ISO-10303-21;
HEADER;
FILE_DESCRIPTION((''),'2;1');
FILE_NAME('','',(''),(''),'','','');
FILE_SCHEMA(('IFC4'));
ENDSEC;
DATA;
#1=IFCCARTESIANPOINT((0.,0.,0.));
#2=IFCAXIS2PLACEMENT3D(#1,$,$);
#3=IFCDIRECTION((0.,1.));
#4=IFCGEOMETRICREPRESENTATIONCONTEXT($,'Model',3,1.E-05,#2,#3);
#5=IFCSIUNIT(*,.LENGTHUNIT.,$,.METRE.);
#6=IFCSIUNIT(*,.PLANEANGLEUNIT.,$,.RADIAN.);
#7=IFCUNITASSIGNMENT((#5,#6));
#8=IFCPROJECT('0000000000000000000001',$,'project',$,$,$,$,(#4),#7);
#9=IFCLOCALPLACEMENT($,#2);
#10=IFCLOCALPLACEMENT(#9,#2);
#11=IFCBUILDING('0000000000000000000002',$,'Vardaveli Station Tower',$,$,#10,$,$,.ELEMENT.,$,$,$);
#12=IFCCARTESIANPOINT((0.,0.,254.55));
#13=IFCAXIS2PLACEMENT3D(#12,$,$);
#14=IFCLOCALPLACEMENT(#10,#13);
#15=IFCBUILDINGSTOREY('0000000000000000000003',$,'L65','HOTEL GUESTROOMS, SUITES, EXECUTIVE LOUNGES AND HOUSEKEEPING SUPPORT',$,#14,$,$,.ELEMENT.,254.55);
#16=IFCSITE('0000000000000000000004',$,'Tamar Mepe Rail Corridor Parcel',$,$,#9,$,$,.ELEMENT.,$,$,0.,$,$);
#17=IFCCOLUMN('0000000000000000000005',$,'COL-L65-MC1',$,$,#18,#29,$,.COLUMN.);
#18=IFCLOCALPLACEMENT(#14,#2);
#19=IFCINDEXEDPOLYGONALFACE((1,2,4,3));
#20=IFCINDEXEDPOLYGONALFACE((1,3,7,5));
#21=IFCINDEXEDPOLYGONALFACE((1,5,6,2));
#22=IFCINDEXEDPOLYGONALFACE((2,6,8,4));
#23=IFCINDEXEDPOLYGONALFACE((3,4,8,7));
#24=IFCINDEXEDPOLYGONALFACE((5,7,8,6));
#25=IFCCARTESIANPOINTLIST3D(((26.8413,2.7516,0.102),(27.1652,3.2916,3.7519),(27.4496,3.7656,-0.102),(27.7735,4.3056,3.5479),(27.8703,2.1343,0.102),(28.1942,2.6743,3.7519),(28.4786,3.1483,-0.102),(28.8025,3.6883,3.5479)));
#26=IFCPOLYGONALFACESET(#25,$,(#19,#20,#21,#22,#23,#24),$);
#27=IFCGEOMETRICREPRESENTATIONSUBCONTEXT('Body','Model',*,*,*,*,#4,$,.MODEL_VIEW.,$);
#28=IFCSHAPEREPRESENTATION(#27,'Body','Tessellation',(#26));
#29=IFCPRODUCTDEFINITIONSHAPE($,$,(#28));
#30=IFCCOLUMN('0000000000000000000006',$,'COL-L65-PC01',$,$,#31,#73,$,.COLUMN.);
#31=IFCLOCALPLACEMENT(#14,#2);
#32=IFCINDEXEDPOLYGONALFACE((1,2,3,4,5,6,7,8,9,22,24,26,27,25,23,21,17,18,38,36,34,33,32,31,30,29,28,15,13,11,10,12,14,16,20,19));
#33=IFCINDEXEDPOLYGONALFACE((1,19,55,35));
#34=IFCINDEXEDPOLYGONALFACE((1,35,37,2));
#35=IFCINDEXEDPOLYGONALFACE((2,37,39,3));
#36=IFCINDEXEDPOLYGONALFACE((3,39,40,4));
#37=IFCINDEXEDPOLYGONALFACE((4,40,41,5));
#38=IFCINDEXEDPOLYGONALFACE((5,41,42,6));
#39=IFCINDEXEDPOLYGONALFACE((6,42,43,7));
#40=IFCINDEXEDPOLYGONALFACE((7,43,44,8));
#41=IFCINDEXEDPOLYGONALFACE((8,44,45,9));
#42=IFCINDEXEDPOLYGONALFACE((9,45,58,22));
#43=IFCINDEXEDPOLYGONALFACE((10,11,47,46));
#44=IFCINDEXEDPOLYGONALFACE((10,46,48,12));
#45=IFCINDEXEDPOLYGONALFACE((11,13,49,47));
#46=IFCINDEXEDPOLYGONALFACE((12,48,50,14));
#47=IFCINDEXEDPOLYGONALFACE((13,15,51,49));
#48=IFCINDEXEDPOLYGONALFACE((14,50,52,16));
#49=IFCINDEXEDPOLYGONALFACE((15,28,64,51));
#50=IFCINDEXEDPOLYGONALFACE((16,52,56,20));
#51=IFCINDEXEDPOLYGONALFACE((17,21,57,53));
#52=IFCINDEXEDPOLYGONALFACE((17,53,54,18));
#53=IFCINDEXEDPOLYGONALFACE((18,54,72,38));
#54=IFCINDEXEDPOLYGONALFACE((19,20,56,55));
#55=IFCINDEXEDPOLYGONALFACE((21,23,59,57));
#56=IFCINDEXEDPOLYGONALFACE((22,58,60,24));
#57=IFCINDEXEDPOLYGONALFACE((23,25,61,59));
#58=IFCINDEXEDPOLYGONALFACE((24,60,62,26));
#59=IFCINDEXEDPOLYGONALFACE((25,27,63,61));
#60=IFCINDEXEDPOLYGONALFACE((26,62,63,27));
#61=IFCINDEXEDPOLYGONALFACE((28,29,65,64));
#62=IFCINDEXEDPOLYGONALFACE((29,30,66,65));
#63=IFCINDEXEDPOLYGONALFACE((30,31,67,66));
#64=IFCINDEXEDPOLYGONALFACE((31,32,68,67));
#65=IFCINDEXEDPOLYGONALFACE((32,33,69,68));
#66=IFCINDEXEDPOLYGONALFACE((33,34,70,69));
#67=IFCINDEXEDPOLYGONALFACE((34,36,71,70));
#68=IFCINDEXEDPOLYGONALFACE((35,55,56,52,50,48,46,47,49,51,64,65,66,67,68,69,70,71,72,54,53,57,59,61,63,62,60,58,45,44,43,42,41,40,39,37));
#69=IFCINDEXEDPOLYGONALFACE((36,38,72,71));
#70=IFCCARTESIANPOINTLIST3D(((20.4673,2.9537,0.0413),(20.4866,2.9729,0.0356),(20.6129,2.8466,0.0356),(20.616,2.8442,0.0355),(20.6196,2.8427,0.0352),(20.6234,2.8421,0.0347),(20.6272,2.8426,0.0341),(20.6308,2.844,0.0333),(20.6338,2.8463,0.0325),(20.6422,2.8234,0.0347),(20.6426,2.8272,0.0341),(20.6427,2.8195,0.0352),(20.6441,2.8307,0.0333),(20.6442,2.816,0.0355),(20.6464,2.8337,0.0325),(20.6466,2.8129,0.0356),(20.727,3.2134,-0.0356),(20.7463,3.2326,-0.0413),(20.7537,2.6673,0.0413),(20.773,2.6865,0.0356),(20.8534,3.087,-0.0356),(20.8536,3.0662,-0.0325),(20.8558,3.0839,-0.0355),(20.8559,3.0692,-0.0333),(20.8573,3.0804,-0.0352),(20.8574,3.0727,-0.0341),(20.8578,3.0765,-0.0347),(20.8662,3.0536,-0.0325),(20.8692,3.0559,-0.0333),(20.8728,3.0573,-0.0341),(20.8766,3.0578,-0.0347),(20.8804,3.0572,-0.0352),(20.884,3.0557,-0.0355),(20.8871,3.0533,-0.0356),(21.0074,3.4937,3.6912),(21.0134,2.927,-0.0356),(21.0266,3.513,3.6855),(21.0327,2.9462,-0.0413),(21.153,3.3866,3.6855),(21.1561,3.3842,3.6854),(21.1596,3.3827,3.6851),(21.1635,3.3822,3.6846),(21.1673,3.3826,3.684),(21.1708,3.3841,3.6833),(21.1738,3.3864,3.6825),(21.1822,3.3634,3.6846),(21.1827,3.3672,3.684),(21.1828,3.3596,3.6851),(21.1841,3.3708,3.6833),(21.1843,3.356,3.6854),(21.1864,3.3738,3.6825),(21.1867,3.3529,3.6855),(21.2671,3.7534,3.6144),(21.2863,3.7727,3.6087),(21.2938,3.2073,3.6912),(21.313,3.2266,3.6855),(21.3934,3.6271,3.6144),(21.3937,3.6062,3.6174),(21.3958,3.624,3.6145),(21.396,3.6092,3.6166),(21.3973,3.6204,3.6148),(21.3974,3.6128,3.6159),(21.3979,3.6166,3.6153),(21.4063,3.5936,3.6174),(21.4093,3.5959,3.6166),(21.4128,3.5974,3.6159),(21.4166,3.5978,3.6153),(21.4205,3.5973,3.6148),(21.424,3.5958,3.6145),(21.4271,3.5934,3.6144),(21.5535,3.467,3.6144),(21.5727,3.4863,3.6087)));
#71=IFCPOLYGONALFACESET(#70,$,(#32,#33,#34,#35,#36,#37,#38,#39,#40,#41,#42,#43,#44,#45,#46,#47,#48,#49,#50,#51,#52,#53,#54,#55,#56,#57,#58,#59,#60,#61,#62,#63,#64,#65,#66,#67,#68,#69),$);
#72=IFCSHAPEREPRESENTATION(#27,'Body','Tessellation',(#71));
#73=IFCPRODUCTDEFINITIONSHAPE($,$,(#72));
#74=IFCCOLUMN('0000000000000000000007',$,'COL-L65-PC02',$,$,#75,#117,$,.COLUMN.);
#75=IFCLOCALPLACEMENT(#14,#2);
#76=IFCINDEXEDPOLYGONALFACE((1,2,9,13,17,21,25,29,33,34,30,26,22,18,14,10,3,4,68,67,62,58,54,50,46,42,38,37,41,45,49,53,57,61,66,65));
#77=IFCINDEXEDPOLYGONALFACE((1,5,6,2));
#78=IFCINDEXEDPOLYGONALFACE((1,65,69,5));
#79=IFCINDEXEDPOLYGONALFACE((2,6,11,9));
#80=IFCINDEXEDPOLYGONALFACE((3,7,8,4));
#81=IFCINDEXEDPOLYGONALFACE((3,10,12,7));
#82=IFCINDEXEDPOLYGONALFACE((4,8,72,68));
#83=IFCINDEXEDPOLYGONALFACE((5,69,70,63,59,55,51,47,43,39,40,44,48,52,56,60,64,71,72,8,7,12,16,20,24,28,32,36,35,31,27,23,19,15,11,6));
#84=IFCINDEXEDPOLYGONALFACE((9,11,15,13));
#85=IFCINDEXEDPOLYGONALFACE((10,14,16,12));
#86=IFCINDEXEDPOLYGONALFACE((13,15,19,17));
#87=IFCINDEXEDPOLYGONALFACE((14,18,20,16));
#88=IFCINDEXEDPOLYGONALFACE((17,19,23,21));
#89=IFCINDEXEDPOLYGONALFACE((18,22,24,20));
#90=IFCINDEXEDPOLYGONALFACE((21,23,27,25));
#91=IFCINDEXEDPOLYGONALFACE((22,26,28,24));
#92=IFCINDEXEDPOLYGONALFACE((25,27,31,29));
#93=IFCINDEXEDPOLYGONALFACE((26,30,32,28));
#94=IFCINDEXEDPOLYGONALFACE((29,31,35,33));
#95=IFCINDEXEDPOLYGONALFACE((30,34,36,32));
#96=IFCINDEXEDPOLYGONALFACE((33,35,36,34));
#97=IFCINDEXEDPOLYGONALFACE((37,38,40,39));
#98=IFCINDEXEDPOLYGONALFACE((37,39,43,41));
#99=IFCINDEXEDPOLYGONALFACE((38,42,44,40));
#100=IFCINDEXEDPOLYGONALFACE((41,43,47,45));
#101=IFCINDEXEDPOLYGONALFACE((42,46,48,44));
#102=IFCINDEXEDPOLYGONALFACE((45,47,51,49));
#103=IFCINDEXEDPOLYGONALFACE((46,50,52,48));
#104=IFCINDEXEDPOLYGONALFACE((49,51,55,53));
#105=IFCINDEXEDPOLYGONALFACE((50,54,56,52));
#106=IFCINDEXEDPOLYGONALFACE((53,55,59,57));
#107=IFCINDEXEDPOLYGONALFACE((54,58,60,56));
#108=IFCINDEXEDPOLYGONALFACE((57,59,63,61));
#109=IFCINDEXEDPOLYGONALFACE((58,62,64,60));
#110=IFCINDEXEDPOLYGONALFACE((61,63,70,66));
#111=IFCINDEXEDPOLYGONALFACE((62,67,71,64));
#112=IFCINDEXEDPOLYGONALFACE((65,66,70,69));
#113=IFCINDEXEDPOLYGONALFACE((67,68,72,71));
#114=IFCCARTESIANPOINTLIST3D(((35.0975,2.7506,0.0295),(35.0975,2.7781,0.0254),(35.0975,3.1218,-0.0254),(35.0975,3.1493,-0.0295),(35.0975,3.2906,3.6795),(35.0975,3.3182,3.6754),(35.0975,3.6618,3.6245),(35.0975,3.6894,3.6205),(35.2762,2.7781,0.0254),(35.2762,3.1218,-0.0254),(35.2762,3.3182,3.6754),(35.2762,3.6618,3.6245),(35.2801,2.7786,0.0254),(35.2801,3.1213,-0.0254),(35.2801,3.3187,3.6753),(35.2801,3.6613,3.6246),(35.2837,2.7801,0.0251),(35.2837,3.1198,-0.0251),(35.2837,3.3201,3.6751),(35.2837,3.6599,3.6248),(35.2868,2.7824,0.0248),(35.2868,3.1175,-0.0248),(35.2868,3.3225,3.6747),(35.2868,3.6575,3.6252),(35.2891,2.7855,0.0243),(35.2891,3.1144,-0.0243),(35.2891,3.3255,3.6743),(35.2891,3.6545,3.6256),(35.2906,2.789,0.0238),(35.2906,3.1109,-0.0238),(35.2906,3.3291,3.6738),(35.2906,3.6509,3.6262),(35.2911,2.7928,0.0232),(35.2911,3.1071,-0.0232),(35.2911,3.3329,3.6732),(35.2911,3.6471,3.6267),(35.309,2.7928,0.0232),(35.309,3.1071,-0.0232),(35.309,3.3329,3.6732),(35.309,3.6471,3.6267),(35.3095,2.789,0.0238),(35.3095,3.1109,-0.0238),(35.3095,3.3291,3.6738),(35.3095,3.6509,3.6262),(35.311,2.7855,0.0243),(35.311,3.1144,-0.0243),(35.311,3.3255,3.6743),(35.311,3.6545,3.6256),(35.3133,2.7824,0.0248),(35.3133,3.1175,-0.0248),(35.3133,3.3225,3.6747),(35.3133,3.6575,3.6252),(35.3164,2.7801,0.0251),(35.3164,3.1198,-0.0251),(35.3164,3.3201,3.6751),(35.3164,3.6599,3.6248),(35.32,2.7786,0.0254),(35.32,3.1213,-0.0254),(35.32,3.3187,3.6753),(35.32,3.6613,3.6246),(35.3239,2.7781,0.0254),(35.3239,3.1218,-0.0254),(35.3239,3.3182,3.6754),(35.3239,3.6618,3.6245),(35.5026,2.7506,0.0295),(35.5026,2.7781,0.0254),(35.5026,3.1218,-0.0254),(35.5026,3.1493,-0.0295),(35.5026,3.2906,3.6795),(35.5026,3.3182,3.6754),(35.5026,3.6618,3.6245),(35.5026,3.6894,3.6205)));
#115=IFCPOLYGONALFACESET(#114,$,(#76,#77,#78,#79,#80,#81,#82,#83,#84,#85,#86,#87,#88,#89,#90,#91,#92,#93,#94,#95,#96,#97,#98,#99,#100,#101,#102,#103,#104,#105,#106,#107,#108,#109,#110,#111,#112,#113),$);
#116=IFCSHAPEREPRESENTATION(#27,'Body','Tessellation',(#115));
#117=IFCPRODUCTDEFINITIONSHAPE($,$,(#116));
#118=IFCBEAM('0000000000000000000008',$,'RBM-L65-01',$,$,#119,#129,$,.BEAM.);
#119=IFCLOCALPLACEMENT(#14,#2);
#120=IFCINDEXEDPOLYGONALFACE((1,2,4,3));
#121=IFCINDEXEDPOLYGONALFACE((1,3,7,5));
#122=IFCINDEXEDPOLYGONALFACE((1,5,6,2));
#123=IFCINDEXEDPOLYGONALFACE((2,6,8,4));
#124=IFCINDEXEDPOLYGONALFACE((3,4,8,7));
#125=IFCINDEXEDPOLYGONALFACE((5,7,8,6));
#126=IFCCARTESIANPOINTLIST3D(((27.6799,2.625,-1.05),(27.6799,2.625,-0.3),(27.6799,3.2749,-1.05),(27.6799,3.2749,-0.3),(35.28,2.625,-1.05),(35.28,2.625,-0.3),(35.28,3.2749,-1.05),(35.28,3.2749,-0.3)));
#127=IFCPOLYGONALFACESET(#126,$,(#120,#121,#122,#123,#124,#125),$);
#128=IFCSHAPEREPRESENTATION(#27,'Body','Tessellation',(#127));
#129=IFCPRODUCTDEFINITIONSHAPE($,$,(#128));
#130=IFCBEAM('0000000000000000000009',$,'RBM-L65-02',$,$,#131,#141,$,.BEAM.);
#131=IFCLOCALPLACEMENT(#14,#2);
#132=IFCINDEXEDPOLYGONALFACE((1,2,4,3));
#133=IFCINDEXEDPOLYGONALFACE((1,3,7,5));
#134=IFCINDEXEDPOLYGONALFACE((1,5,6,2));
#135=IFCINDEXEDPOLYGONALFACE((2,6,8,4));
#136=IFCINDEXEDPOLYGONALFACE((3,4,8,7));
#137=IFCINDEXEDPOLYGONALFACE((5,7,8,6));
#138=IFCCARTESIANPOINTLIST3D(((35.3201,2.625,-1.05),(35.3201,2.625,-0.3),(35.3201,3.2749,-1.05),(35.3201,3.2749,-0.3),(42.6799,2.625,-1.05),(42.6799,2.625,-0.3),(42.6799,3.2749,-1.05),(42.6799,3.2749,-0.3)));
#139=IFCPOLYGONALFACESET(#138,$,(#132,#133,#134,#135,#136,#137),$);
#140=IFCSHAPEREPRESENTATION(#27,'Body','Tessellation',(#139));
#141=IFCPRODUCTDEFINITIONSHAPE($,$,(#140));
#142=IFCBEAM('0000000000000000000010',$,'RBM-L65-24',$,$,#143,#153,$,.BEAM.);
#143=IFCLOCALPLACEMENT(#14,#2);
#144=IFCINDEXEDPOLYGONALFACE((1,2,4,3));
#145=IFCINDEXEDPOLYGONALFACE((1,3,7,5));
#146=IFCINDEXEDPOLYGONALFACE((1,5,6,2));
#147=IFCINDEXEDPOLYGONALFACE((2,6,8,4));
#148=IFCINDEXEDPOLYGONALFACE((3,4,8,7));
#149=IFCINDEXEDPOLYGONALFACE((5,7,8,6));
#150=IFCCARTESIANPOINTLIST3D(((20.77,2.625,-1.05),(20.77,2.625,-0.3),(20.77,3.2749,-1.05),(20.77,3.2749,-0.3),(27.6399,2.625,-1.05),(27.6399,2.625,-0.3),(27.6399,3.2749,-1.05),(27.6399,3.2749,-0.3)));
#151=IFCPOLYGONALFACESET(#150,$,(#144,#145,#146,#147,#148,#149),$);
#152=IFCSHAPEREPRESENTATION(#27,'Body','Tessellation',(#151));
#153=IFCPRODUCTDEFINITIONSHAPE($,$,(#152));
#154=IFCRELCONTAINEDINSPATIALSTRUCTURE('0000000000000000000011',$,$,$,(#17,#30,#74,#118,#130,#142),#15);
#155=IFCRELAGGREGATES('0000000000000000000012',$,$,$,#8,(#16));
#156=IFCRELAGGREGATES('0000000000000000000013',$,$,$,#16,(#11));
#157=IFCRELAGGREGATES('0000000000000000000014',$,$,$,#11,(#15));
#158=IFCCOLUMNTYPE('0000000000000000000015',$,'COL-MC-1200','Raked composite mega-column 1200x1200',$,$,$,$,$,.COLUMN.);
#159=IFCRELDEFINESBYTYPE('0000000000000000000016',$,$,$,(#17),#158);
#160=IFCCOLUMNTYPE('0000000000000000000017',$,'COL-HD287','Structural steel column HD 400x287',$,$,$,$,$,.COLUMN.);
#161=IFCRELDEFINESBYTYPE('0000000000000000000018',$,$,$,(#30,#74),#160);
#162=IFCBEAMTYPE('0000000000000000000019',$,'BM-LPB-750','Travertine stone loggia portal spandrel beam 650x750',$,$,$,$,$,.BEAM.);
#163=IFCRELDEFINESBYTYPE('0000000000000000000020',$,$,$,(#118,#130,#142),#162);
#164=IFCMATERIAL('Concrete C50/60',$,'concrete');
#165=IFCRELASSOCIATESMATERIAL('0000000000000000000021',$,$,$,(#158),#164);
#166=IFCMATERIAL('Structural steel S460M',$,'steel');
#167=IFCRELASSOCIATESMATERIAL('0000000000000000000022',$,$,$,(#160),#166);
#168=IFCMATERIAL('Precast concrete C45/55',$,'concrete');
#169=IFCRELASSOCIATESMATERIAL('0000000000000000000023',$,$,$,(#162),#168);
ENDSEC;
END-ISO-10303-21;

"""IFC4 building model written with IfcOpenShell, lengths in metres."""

from ifc_helpers import new_model, si_unit, direction, frame, origin, origin_2d, place, context, subcontext, project, spatial, rectangle, i_section, extrude, source, transform, mapped, material, material_profile, profile_set, type_object, element, save


model = new_model("IFC4")

# Units and contexts
model_context = context("Model", 3, precision=1e-05, world=origin(), true_north=direction((0.0, 1.0)))
body_context = subcontext(model_context, "Body", "Model", "MODEL_VIEW")
ifc_project = project(units=[si_unit("LENGTHUNIT", "METRE"), si_unit("PLANEANGLEUNIT", "RADIAN")], contexts=[model_context])

# Site, building, storey
site_placement = place(None, origin())
site = spatial("IfcSite", under=ifc_project, at=site_placement, Name="Tamar Mepe Rail Corridor Parcel", CompositionType="ELEMENT", RefElevation=0.0)
building_placement = place(site_placement, origin())
building = spatial("IfcBuilding", under=site, at=building_placement, Name="Vardaveli Station Tower", CompositionType="ELEMENT")
storey_placement = place(building_placement, frame((0.0, 0.0, 254.55)))
storey = spatial("IfcBuildingStorey", under=building, at=storey_placement, Name="L65", Description="HOTEL GUESTROOMS, SUITES, EXECUTIVE LOUNGES AND HOUSEKEEPING SUPPORT", CompositionType="ELEMENT", Elevation=254.55)

# Columns
ifc_material_1 = material(Name="Concrete C50/60", Category="concrete")
ifc_material_profile_1 = material_profile(ifc_material_1, rectangle(XDim=1.2, YDim=1.2, at=origin_2d()), Name="MC 1200x1200")
ifc_profile_set_1 = profile_set([ifc_material_profile_1], Name="Concrete C50/60")
column_type_1 = type_object("IfcColumnType", Name="COL-MC-1200", Description="Raked composite mega-column 1200x1200", PredefinedType="COLUMN", material=ifc_profile_set_1)
shared_shape_1 = source(origin(), body_context, "Body", "SweptSolid", [
    extrude(rectangle(XDim=1.2, YDim=1.2, at=origin_2d()), origin(), (0.0, 0.0, 1.0), 3.7039),
])
column_1_placement = place(storey_placement, frame((27.6599, 2.95, 0.0), z_axis=(0.08747, 0.145805, 0.985439), x_axis=(-0.857527, 0.514439, 0.0)))
element("IfcColumn", 1, at=column_1_placement, inside=storey, type_object=column_type_1, Name="COL-L65-MC1", PredefinedType="COLUMN", context=body_context, shape_type="MappedRepresentation", body=[
    mapped(shared_shape_1, transform((0.0, 0.0, 0.0), scale=1.0)),
])
ifc_material_2 = material(Name="Structural steel S460M", Category="steel")
ifc_material_profile_2 = material_profile(ifc_material_2, i_section(OverallWidth=0.405, OverallDepth=0.4031, WebThickness=0.0178, FlangeThickness=0.0278, FilletRadius=0.0149, at=origin_2d()), Name="HD 400x287")
ifc_profile_set_2 = profile_set([ifc_material_profile_2], Name="Structural steel S460M")
column_type_2 = type_object("IfcColumnType", Name="COL-HD287", Description="Structural steel column HD 400x287", PredefinedType="COLUMN", material=ifc_profile_set_2)
shared_shape_2 = source(origin(), body_context, "Body", "SweptSolid", [
    extrude(i_section(OverallWidth=0.405, OverallDepth=0.4031, WebThickness=0.0178, FlangeThickness=0.0278, FilletRadius=0.0149, at=origin_2d()), origin(), (0.0, 0.0, 1.0), 3.729),
])
column_2_placement = place(storey_placement, frame((20.75, 2.95, 0.0), z_axis=(0.144823, 0.144823, 0.978802), x_axis=(-0.707107, 0.707107, 0.0)))
element("IfcColumn", 2, at=column_2_placement, inside=storey, type_object=column_type_2, Name="COL-L65-PC01", PredefinedType="COLUMN", context=body_context, shape_type="MappedRepresentation", body=[
    mapped(shared_shape_2, transform((0.0, 0.0, 0.0), scale=1.0)),
])
shared_shape_3 = source(origin(), body_context, "Body", "SweptSolid", [
    extrude(i_section(OverallWidth=0.405, OverallDepth=0.4031, WebThickness=0.0178, FlangeThickness=0.0278, FilletRadius=0.0149, at=origin_2d()), origin(), (0.0, 0.0, 1.0), 3.6897),
])
column_3_placement = place(storey_placement, frame((35.3, 2.95, 0.0), z_axis=(0.0, 0.146366, 0.98923), x_axis=(-1.0, 0.0, 0.0)))
element("IfcColumn", 3, at=column_3_placement, inside=storey, type_object=column_type_2, Name="COL-L65-PC02", PredefinedType="COLUMN", context=body_context, shape_type="MappedRepresentation", body=[
    mapped(shared_shape_3, transform((0.0, 0.0, 0.0), scale=1.0)),
])

# Beams
ifc_material_3 = material(Name="Precast concrete C45/55", Category="concrete")
ifc_material_profile_3 = material_profile(ifc_material_3, rectangle(XDim=0.6499, YDim=0.75, at=origin_2d()), Name="LPB 650x750")
ifc_profile_set_3 = profile_set([ifc_material_profile_3], Name="Precast concrete C45/55")
beam_type_1 = type_object("IfcBeamType", Name="BM-LPB-750", Description="Travertine stone loggia portal spandrel beam 650x750", PredefinedType="BEAM", material=ifc_profile_set_3)
shared_shape_4 = source(origin(), body_context, "Body", "SweptSolid", [
    extrude(rectangle(XDim=0.6499, YDim=0.75, at=origin_2d()), origin(), (0.0, 0.0, 1.0), 7.6001),
])
beam_1_placement = place(storey_placement, frame((27.6799, 2.95, -0.675), z_axis=(1.0, 0.0, 0.0), x_axis=(0.0, 1.0, 0.0)))
element("IfcBeam", 4, at=beam_1_placement, inside=storey, type_object=beam_type_1, Name="RBM-L65-01", PredefinedType="BEAM", context=body_context, shape_type="MappedRepresentation", body=[
    mapped(shared_shape_4, transform((0.0, 0.0, 0.0), scale=1.0)),
])
shared_shape_5 = source(origin(), body_context, "Body", "SweptSolid", [
    extrude(rectangle(XDim=0.6499, YDim=0.75, at=origin_2d()), origin(), (0.0, 0.0, 1.0), 7.3599),
])
beam_2_placement = place(storey_placement, frame((35.3201, 2.95, -0.675), z_axis=(1.0, 0.0, 0.0), x_axis=(0.0, 1.0, 0.0)))
element("IfcBeam", 5, at=beam_2_placement, inside=storey, type_object=beam_type_1, Name="RBM-L65-02", PredefinedType="BEAM", context=body_context, shape_type="MappedRepresentation", body=[
    mapped(shared_shape_5, transform((0.0, 0.0, 0.0), scale=1.0)),
])
shared_shape_6 = source(origin(), body_context, "Body", "SweptSolid", [
    extrude(rectangle(XDim=0.6499, YDim=0.75, at=origin_2d()), origin(), (0.0, 0.0, 1.0), 6.8699),
])
beam_3_placement = place(storey_placement, frame((20.77, 2.95, -0.675), z_axis=(1.0, 0.0, 0.0), x_axis=(0.0, 1.0, 0.0)))
element("IfcBeam", 6, at=beam_3_placement, inside=storey, type_object=beam_type_1, Name="RBM-L65-24", PredefinedType="BEAM", context=body_context, shape_type="MappedRepresentation", body=[
    mapped(shared_shape_6, transform((0.0, 0.0, 0.0), scale=1.0)),
])

save(model, "model.ifc")
